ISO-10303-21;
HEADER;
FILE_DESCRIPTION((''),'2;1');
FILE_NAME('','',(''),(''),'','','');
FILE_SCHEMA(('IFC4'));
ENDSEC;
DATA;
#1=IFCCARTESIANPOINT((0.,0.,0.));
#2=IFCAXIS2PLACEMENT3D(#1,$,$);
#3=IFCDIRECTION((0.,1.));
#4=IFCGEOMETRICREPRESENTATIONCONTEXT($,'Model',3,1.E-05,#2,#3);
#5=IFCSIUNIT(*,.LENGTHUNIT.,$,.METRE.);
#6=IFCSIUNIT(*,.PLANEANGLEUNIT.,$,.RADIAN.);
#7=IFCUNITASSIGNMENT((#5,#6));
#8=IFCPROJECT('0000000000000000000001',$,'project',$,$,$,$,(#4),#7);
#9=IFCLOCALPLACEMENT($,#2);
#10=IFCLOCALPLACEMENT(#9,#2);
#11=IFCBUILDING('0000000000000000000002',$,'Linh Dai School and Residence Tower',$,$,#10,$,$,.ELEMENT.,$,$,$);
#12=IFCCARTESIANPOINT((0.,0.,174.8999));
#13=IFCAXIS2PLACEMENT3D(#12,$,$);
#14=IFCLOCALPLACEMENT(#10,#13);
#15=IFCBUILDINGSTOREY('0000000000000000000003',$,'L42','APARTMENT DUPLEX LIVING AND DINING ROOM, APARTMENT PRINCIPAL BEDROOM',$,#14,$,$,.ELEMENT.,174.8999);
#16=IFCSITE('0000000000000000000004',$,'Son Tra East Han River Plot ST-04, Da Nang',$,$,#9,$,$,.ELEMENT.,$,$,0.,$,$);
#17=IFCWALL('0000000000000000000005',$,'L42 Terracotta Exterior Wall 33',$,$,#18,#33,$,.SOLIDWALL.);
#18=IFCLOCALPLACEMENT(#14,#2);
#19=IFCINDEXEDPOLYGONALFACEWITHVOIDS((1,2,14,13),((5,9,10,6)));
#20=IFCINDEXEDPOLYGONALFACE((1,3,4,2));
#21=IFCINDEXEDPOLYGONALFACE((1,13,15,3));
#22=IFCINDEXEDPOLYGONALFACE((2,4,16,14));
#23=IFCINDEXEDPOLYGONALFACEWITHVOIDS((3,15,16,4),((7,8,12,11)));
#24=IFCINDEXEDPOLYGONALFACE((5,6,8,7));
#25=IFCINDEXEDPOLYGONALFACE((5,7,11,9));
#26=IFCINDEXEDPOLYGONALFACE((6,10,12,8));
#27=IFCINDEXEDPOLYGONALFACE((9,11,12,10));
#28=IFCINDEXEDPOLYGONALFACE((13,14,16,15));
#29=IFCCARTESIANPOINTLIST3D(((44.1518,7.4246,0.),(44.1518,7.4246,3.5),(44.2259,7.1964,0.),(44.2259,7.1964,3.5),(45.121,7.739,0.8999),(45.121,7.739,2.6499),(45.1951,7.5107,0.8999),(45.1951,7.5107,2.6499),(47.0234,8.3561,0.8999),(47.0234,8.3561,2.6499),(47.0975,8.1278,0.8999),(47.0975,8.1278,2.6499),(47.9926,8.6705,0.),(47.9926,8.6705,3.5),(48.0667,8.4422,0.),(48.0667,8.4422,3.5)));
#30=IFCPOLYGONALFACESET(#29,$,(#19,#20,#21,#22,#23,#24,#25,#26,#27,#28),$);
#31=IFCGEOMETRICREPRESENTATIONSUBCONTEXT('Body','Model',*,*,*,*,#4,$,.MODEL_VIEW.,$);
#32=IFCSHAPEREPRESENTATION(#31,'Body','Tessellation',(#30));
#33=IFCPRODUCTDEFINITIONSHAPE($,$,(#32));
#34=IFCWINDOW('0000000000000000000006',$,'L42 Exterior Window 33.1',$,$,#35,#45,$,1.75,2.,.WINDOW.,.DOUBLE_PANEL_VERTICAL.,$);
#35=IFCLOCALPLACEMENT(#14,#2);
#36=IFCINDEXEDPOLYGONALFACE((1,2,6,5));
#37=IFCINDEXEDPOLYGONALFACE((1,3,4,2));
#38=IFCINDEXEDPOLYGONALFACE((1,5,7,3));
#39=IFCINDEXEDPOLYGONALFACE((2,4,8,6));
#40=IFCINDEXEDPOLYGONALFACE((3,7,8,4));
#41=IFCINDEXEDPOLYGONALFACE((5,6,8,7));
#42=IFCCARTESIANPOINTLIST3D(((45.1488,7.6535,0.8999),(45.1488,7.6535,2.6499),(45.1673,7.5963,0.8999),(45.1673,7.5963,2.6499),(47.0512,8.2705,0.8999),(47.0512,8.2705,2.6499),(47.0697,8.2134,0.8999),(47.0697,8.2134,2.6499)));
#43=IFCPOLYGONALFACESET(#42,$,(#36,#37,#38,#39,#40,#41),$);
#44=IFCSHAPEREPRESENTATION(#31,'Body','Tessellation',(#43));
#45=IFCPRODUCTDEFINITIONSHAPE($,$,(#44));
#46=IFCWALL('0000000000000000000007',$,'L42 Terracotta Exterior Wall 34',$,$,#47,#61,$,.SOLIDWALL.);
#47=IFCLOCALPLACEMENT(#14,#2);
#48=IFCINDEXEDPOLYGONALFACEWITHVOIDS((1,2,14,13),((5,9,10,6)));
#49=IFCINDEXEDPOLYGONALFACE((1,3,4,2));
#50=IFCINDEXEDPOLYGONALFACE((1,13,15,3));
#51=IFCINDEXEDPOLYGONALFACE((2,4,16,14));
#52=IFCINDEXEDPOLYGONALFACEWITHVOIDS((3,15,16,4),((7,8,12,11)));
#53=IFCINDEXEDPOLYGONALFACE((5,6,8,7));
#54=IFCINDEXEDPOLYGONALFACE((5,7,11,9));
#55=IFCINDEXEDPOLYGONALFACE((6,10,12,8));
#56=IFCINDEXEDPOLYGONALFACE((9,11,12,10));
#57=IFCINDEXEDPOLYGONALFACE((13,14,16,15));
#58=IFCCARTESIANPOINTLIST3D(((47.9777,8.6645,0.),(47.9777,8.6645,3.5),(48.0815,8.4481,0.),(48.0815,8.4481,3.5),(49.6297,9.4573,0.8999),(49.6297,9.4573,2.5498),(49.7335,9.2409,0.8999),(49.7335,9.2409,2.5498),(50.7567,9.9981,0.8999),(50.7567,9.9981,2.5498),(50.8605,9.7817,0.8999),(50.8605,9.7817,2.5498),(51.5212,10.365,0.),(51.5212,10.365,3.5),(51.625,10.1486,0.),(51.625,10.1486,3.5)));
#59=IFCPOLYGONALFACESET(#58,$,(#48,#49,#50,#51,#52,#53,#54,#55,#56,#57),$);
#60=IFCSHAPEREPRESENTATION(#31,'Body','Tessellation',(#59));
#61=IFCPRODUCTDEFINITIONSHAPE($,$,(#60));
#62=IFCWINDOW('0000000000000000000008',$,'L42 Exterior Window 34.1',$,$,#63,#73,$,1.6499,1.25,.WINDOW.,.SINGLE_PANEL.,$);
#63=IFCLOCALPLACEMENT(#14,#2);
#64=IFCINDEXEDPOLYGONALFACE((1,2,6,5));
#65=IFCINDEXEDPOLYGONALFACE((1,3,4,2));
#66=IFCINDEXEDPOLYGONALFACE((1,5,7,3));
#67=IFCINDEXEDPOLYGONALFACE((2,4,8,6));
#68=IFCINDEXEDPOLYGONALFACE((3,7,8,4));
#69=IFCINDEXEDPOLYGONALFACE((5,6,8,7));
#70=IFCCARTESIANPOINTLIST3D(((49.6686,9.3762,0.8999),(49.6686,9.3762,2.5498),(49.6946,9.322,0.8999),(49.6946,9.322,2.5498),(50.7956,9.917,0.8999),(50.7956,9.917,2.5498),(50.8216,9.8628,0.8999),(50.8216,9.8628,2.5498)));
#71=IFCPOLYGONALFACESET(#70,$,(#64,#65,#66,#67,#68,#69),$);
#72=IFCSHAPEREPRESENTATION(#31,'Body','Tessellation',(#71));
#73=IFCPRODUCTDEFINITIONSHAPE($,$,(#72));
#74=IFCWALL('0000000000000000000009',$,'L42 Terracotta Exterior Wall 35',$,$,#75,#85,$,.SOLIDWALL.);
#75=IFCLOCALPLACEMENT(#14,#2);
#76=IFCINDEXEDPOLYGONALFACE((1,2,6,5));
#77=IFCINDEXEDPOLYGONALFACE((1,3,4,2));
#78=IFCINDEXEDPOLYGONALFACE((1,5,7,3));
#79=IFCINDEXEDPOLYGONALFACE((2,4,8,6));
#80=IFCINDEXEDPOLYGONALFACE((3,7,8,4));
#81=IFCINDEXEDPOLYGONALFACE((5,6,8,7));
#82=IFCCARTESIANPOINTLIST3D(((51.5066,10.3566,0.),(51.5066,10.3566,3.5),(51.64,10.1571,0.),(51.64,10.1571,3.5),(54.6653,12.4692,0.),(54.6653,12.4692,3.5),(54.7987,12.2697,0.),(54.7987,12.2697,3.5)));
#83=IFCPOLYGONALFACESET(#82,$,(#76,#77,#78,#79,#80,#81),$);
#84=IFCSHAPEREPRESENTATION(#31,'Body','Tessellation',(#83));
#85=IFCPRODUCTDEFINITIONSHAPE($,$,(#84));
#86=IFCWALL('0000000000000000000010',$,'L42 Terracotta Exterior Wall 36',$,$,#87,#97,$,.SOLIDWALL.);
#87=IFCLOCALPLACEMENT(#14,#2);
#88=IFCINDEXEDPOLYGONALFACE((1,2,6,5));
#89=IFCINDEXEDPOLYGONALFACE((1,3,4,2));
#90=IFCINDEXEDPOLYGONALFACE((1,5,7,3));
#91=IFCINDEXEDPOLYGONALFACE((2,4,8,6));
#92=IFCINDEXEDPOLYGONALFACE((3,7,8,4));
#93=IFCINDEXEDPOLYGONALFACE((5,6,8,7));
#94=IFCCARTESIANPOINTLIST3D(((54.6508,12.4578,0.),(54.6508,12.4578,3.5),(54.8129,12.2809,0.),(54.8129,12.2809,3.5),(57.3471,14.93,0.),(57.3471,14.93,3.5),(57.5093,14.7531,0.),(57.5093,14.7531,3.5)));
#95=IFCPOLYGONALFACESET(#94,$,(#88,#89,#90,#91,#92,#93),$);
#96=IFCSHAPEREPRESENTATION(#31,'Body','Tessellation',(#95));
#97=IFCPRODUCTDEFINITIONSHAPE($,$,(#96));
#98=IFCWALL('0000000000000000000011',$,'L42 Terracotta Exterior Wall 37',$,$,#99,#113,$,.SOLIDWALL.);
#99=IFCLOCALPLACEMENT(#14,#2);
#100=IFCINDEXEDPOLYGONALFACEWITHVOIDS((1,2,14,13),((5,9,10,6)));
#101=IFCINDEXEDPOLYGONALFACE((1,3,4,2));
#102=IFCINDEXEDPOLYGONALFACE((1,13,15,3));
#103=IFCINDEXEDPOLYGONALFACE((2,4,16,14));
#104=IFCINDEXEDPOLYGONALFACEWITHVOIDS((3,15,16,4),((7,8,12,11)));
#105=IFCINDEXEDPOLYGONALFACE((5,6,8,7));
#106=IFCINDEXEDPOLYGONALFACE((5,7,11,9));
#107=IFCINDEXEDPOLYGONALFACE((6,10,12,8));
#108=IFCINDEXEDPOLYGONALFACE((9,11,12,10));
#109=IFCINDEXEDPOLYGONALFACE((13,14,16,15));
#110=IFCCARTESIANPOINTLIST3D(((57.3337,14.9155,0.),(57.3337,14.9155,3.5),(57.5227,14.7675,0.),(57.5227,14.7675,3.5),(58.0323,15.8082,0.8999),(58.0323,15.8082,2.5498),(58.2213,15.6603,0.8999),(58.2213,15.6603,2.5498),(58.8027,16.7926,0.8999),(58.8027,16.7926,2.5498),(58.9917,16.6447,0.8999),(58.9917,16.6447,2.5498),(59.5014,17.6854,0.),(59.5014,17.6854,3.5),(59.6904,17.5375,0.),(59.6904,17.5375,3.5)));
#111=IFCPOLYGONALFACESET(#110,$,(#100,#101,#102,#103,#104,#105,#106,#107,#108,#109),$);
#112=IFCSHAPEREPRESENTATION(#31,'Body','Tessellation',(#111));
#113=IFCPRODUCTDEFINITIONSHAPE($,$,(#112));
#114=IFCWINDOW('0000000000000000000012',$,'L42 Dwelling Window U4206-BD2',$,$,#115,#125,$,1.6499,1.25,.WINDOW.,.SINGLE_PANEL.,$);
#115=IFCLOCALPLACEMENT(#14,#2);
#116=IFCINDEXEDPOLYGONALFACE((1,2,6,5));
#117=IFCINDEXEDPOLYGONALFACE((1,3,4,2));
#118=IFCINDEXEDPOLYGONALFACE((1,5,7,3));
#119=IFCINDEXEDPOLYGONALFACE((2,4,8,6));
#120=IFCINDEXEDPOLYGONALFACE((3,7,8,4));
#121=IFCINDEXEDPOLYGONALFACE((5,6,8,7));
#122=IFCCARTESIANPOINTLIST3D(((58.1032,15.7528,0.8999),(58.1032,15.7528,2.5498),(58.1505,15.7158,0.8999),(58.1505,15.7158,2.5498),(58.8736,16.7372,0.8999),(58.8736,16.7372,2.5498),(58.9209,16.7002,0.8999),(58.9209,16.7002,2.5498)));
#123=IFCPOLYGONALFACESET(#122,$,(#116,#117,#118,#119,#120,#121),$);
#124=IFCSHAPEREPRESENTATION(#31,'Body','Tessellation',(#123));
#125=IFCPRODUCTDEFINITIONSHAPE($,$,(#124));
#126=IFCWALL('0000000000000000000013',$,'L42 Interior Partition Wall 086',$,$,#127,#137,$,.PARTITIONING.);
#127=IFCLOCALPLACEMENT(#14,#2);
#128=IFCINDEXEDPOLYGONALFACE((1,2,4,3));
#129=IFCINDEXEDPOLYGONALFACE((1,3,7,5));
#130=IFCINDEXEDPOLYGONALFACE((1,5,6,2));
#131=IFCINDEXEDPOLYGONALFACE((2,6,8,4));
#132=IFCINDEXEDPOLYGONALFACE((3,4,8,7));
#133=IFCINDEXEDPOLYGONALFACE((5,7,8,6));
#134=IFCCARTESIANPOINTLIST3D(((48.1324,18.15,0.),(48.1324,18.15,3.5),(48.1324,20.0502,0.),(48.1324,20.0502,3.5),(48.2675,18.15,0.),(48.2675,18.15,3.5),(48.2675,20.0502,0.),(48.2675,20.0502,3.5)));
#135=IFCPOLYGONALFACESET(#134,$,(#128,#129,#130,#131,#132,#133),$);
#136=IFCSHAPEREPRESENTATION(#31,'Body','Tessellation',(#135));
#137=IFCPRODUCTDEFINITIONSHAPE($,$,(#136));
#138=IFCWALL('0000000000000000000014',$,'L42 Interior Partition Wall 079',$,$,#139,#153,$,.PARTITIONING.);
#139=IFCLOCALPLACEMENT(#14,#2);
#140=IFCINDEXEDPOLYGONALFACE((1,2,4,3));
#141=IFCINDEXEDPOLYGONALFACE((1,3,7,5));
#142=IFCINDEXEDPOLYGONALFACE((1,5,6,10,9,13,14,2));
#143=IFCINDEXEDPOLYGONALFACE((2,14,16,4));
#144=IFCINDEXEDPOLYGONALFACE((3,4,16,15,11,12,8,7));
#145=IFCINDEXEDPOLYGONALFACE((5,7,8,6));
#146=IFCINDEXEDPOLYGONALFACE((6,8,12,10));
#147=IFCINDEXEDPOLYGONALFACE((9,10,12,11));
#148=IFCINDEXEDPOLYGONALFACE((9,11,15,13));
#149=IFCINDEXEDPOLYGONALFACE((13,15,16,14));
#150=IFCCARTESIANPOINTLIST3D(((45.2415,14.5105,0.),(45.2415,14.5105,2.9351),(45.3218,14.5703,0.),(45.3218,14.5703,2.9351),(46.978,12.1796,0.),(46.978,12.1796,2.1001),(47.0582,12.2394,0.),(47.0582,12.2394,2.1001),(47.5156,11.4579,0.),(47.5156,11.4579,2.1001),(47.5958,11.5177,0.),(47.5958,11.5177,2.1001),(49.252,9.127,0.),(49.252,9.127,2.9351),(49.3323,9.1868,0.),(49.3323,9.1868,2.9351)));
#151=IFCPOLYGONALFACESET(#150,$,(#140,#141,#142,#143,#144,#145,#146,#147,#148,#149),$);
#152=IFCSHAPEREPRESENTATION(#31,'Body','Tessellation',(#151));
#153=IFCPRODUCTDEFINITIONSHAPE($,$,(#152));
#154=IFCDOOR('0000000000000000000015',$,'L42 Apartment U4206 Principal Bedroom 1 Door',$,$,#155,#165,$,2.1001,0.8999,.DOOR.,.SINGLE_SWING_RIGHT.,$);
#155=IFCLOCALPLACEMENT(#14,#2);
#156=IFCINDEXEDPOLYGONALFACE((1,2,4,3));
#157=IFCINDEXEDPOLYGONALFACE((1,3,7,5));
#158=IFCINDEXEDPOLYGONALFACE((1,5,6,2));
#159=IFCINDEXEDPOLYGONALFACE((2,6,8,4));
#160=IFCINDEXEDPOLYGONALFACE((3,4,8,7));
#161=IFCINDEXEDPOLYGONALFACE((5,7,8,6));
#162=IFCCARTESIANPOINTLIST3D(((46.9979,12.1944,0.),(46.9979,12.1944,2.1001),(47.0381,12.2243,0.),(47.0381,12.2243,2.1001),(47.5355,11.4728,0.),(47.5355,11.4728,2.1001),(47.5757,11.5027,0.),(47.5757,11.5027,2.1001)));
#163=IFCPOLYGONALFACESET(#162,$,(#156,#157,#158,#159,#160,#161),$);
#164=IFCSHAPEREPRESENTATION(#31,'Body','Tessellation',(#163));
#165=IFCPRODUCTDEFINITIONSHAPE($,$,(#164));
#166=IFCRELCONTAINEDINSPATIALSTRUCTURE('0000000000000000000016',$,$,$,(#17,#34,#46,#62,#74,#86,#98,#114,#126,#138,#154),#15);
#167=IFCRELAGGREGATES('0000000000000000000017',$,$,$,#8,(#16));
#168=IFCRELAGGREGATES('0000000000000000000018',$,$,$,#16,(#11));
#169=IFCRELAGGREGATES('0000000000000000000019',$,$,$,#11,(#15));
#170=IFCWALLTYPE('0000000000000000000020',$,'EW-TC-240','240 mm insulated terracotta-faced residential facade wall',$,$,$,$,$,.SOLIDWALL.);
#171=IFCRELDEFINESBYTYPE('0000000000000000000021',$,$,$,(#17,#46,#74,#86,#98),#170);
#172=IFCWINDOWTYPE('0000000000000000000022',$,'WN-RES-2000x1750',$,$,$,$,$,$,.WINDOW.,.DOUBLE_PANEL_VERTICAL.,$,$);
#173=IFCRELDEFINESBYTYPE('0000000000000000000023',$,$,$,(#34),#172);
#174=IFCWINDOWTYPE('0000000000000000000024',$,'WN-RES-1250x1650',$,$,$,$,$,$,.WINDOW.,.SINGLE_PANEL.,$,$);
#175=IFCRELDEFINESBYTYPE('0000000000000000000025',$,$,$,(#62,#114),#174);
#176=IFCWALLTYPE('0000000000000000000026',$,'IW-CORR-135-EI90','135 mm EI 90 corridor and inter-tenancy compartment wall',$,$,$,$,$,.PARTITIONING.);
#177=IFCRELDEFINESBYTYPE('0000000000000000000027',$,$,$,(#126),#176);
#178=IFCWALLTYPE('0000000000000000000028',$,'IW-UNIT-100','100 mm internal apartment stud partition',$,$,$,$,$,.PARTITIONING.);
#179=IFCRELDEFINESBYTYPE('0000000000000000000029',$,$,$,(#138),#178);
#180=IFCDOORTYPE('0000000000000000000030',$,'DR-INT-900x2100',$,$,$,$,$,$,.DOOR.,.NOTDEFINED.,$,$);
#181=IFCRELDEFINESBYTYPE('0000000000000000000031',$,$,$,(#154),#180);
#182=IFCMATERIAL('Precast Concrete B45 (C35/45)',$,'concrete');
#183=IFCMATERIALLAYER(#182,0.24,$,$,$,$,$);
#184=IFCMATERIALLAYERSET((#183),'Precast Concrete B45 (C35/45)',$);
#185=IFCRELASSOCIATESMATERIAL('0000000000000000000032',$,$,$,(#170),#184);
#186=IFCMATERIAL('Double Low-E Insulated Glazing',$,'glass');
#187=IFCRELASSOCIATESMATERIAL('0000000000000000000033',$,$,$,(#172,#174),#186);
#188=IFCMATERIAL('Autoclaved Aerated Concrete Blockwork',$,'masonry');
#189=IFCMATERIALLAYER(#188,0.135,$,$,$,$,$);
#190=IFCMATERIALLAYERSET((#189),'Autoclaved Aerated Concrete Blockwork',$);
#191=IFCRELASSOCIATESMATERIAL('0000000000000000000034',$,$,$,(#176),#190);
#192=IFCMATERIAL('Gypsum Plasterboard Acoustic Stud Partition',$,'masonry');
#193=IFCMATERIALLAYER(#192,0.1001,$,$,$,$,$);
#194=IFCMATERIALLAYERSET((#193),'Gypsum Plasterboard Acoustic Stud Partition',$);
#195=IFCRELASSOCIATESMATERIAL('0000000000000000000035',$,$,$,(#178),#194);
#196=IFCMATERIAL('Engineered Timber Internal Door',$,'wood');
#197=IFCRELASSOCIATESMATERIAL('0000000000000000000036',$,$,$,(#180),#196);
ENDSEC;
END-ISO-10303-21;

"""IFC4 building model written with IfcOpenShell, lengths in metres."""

from ifc_helpers import new_model, si_unit, direction, frame, frame_2d, origin, origin_2d, place, context, subcontext, project, spatial, rectangle, extrude, source, transform, mapped, material, layer, layer_set, type_object, element, fill, save


model = new_model("IFC4")

# Units and contexts
model_context = context("Model", 3, precision=1e-05, world=origin(), true_north=direction((0.0, 1.0)))
body_context = subcontext(model_context, "Body", "Model", "MODEL_VIEW")
ifc_project = project(units=[si_unit("LENGTHUNIT", "METRE"), si_unit("PLANEANGLEUNIT", "RADIAN")], contexts=[model_context])

# Site, building, storey
site_placement = place(None, origin())
site = spatial("IfcSite", under=ifc_project, at=site_placement, Name="Son Tra East Han River Plot ST-04, Da Nang", CompositionType="ELEMENT", RefElevation=0.0)
building_placement = place(site_placement, origin())
building = spatial("IfcBuilding", under=site, at=building_placement, Name="Linh Dai School and Residence Tower", CompositionType="ELEMENT")
storey_placement = place(building_placement, frame((0.0, 0.0, 174.8999)))
storey = spatial("IfcBuildingStorey", under=building, at=storey_placement, Name="L42", Description="APARTMENT DUPLEX LIVING AND DINING ROOM, APARTMENT PRINCIPAL BEDROOM", CompositionType="ELEMENT", Elevation=174.8999)

# Shared definitions
ifc_material_1 = material(Name="Precast Concrete B45 (C35/45)", Category="concrete")

# Walls, openings, windows
ifc_layer_1 = layer(ifc_material_1, 0.24)
ifc_layer_set_1 = layer_set([ifc_layer_1], Name="Precast Concrete B45 (C35/45)")
wall_type_1 = type_object("IfcWallType", Name="EW-TC-240", Description="240 mm insulated terracotta-faced residential facade wall", PredefinedType="SOLIDWALL", material=ifc_layer_set_1)
wall_1_placement = place(storey_placement, frame((48.0298, 8.5564, 0.0), z_axis=(0.0, 0.0, 1.0), x_axis=(-0.95121, -0.308545, 0.0)))
wall_1 = element("IfcWall", 1, at=wall_1_placement, inside=storey, type_object=wall_type_1, Name="L42 Terracotta Exterior Wall 33", PredefinedType="SOLIDWALL", context=body_context, shape_type="SweptSolid", body=[
    extrude(rectangle(XDim=4.0378, YDim=0.24, at=frame_2d((2.019, 0.0))), origin(), (0.0, 0.0, 1.0), 3.5),
])
opening_1_placement = place(wall_1_placement, frame((1.019, 0.0, 0.8999)))
opening_1 = element("IfcOpeningElement", 2, at=opening_1_placement, cuts=wall_1, PredefinedType="OPENING", context=body_context, shape_type="SweptSolid", body=[
    extrude(rectangle(XDim=2.0, YDim=1.75, at=origin_2d()), frame((1.0, 0.1299, 0.875), z_axis=(0.0, -1.0, 0.0), x_axis=(1.0, 0.0, 0.0)), (0.0, 0.0, 1.0), 0.26),
])
ifc_material_2 = material(Name="Double Low-E Insulated Glazing", Category="glass")
window_type_1 = type_object("IfcWindowType", Name="WN-RES-2000x1750", PartitioningType="DOUBLE_PANEL_VERTICAL", PredefinedType="WINDOW", material=ifc_material_2)
shared_shape_1 = source(origin(), body_context, "Body", "SweptSolid", [
    extrude(rectangle(XDim=2.0, YDim=1.75, at=origin_2d()), frame((1.0, 0.03, 0.875), z_axis=(0.0, -1.0, 0.0), x_axis=(1.0, 0.0, 0.0)), (0.0, 0.0, 1.0), 0.0601),
])
window_1_placement = place(opening_1_placement, origin())
window_1 = element("IfcWindow", 3, at=window_1_placement, inside=storey, type_object=window_type_1, Name="L42 Exterior Window 33.1", OverallHeight=1.75, OverallWidth=2.0, PartitioningType="DOUBLE_PANEL_VERTICAL", PredefinedType="WINDOW", context=body_context, shape_type="MappedRepresentation", body=[
    mapped(shared_shape_1, transform((0.0, 0.0, 0.0), x_axis=(1.0, 0.0, 0.0), y_axis=(0.0, 1.0, 0.0), z_axis=(0.0, 0.0, 1.0), scale=1.0)),
])
fill(opening_1, window_1)
wall_2_placement = place(storey_placement, frame((51.5732, 10.2568, 0.0), z_axis=(0.0, 0.0, 1.0), x_axis=(-0.901565, -0.432644, 0.0)))
wall_2 = element("IfcWall", 4, at=wall_2_placement, inside=storey, type_object=wall_type_1, Name="L42 Terracotta Exterior Wall 34", PredefinedType="SOLIDWALL", context=body_context, shape_type="SweptSolid", body=[
    extrude(rectangle(XDim=3.9304, YDim=0.24, at=frame_2d((1.9653, 0.0))), origin(), (0.0, 0.0, 1.0), 3.5),
])
opening_2_placement = place(wall_2_placement, frame((0.8481, 0.0, 0.8999)))
opening_2 = element("IfcOpeningElement", 5, at=opening_2_placement, cuts=wall_2, PredefinedType="OPENING", context=body_context, shape_type="SweptSolid", body=[
    extrude(rectangle(XDim=1.25, YDim=1.6499, at=origin_2d()), frame((0.625, 0.1299, 0.825), z_axis=(0.0, -1.0, 0.0), x_axis=(1.0, 0.0, 0.0)), (0.0, 0.0, 1.0), 0.26),
])
window_type_2 = type_object("IfcWindowType", Name="WN-RES-1250x1650", PartitioningType="SINGLE_PANEL", PredefinedType="WINDOW", material=ifc_material_2)
shared_shape_2 = source(origin(), body_context, "Body", "SweptSolid", [
    extrude(rectangle(XDim=1.25, YDim=1.6499, at=origin_2d()), frame((0.625, 0.03, 0.825), z_axis=(0.0, -1.0, 0.0), x_axis=(1.0, 0.0, 0.0)), (0.0, 0.0, 1.0), 0.0601),
])
window_2_placement = place(opening_2_placement, origin())
window_2 = element("IfcWindow", 6, at=window_2_placement, inside=storey, type_object=window_type_2, Name="L42 Exterior Window 34.1", OverallHeight=1.6499, OverallWidth=1.25, PartitioningType="SINGLE_PANEL", PredefinedType="WINDOW", context=body_context, shape_type="MappedRepresentation", body=[
    mapped(shared_shape_2, transform((0.0, 0.0, 0.0), x_axis=(1.0, 0.0, 0.0), y_axis=(0.0, 1.0, 0.0), z_axis=(0.0, 0.0, 1.0), scale=1.0)),
])
fill(opening_2, window_2)

# Walls
wall_3_placement = place(storey_placement, frame((54.7319, 12.3694, 0.0), z_axis=(0.0, 0.0, 1.0), x_axis=(-0.831229, -0.55593, 0.0)))
element("IfcWall", 7, at=wall_3_placement, inside=storey, type_object=wall_type_1, Name="L42 Terracotta Exterior Wall 35", PredefinedType="SOLIDWALL", context=body_context, shape_type="SweptSolid", body=[
    extrude(rectangle(XDim=3.8, YDim=0.24, at=frame_2d((1.8999, 0.0))), origin(), (0.0, 0.0, 1.0), 3.5),
])
wall_4_placement = place(storey_placement, frame((57.4282, 14.8416, 0.0), z_axis=(0.0, 0.0, 1.0), x_axis=(-0.737077, -0.675809, 0.0)))
element("IfcWall", 8, at=wall_4_placement, inside=storey, type_object=wall_type_1, Name="L42 Terracotta Exterior Wall 36", PredefinedType="SOLIDWALL", context=body_context, shape_type="SweptSolid", body=[
    extrude(rectangle(XDim=3.6582, YDim=0.24, at=frame_2d((1.8291, 0.0))), origin(), (0.0, 0.0, 1.0), 3.5),
])

# Wall, opening, window
wall_5_placement = place(storey_placement, frame((59.5959, 17.6116, 0.0), z_axis=(0.0, 0.0, 1.0), x_axis=(-0.616288, -0.787521, 0.0)))
wall_5 = element("IfcWall", 9, at=wall_5_placement, inside=storey, type_object=wall_type_1, Name="L42 Terracotta Exterior Wall 37", PredefinedType="SOLIDWALL", context=body_context, shape_type="SweptSolid", body=[
    extrude(rectangle(XDim=3.5173, YDim=0.24, at=frame_2d((1.7588, 0.0))), origin(), (0.0, 0.0, 1.0), 3.5),
])
opening_3_placement = place(wall_5_placement, frame((1.1338, 0.0, 0.8999)))
opening_3 = element("IfcOpeningElement", 10, at=opening_3_placement, cuts=wall_5, PredefinedType="OPENING", context=body_context, shape_type="SweptSolid", body=[
    extrude(rectangle(XDim=1.25, YDim=1.6499, at=origin_2d()), frame((0.625, 0.1299, 0.825), z_axis=(0.0, -1.0, 0.0), x_axis=(1.0, 0.0, 0.0)), (0.0, 0.0, 1.0), 0.26),
])
window_3_placement = place(opening_3_placement, origin())
window_3 = element("IfcWindow", 11, at=window_3_placement, inside=storey, type_object=window_type_2, Name="L42 Dwelling Window U4206-BD2", OverallHeight=1.6499, OverallWidth=1.25, PartitioningType="SINGLE_PANEL", PredefinedType="WINDOW", context=body_context, shape_type="MappedRepresentation", body=[
    mapped(shared_shape_2, transform((0.0, 0.0, 0.0), x_axis=(1.0, 0.0, 0.0), y_axis=(0.0, 1.0, 0.0), z_axis=(0.0, 0.0, 1.0), scale=1.0)),
])
fill(opening_3, window_3)

# Wall
ifc_material_3 = material(Name="Autoclaved Aerated Concrete Blockwork", Category="masonry")
ifc_layer_2 = layer(ifc_material_3, 0.135)
ifc_layer_set_2 = layer_set([ifc_layer_2], Name="Autoclaved Aerated Concrete Blockwork")
wall_type_2 = type_object("IfcWallType", Name="IW-CORR-135-EI90", Description="135 mm EI 90 corridor and inter-tenancy compartment wall", PredefinedType="PARTITIONING", material=ifc_layer_set_2)
wall_6_placement = place(storey_placement, frame((48.2, 18.1499, 0.0), z_axis=(0.0, 0.0, 1.0), x_axis=(0.0, 1.0, 0.0)))
element("IfcWall", 12, at=wall_6_placement, inside=storey, type_object=wall_type_2, Name="L42 Interior Partition Wall 086", PredefinedType="PARTITIONING", context=body_context, shape_type="SweptSolid", body=[
    extrude(rectangle(XDim=1.9001, YDim=0.135, at=frame_2d((0.9502, 0.0))), origin(), (0.0, 0.0, 1.0), 3.5),
])

# Wall, opening, door
ifc_material_4 = material(Name="Gypsum Plasterboard Acoustic Stud Partition", Category="masonry")
ifc_layer_3 = layer(ifc_material_4, 0.1001)
ifc_layer_set_3 = layer_set([ifc_layer_3], Name="Gypsum Plasterboard Acoustic Stud Partition")
wall_type_3 = type_object("IfcWallType", Name="IW-UNIT-100", Description="100 mm internal apartment stud partition", PredefinedType="PARTITIONING", material=ifc_layer_set_3)
wall_7_placement = place(storey_placement, frame((45.2817, 14.5403, 0.0), z_axis=(0.0, 0.0, 1.0), x_axis=(0.597407, -0.801938, 0.0)))
wall_7 = element("IfcWall", 13, at=wall_7_placement, inside=storey, type_object=wall_type_3, Name="L42 Interior Partition Wall 079", PredefinedType="PARTITIONING", context=body_context, shape_type="SweptSolid", body=[
    extrude(rectangle(XDim=6.7131, YDim=0.1001, at=frame_2d((3.3564, 0.0))), origin(), (0.0, 0.0, 1.0), 2.9351),
])
opening_4_placement = place(wall_7_placement, frame((2.9065, 0.0, 0.0)))
opening_4 = element("IfcOpeningElement", 14, at=opening_4_placement, cuts=wall_7, PredefinedType="OPENING", context=body_context, shape_type="SweptSolid", body=[
    extrude(rectangle(XDim=0.8999, YDim=2.1001, at=origin_2d()), frame((0.45, 0.0601, 1.05), z_axis=(0.0, -1.0, 0.0), x_axis=(1.0, 0.0, 0.0)), (0.0, 0.0, 1.0), 0.1201),
])
ifc_material_5 = material(Name="Engineered Timber Internal Door", Category="wood")
door_type = type_object("IfcDoorType", Name="DR-INT-900x2100", OperationType="NOTDEFINED", PredefinedType="DOOR", material=ifc_material_5)
shared_shape_3 = source(origin(), body_context, "Body", "SweptSolid", [
    extrude(rectangle(XDim=0.8999, YDim=2.1001, at=origin_2d()), frame((0.45, 0.0249, 1.05), z_axis=(0.0, -1.0, 0.0), x_axis=(1.0, 0.0, 0.0)), (0.0, 0.0, 1.0), 0.05),
])
door_1_placement = place(opening_4_placement, origin())
door_1 = element("IfcDoor", 15, at=door_1_placement, inside=storey, type_object=door_type, Name="L42 Apartment U4206 Principal Bedroom 1 Door", OperationType="SINGLE_SWING_RIGHT", OverallHeight=2.1001, OverallWidth=0.8999, PredefinedType="DOOR", context=body_context, shape_type="MappedRepresentation", body=[
    mapped(shared_shape_3, transform((0.0, 0.0, 0.0), x_axis=(1.0, 0.0, 0.0), y_axis=(0.0, 1.0, 0.0), z_axis=(0.0, 0.0, 1.0), scale=1.0)),
])
fill(opening_4, door_1)

save(model, "model.ifc")
